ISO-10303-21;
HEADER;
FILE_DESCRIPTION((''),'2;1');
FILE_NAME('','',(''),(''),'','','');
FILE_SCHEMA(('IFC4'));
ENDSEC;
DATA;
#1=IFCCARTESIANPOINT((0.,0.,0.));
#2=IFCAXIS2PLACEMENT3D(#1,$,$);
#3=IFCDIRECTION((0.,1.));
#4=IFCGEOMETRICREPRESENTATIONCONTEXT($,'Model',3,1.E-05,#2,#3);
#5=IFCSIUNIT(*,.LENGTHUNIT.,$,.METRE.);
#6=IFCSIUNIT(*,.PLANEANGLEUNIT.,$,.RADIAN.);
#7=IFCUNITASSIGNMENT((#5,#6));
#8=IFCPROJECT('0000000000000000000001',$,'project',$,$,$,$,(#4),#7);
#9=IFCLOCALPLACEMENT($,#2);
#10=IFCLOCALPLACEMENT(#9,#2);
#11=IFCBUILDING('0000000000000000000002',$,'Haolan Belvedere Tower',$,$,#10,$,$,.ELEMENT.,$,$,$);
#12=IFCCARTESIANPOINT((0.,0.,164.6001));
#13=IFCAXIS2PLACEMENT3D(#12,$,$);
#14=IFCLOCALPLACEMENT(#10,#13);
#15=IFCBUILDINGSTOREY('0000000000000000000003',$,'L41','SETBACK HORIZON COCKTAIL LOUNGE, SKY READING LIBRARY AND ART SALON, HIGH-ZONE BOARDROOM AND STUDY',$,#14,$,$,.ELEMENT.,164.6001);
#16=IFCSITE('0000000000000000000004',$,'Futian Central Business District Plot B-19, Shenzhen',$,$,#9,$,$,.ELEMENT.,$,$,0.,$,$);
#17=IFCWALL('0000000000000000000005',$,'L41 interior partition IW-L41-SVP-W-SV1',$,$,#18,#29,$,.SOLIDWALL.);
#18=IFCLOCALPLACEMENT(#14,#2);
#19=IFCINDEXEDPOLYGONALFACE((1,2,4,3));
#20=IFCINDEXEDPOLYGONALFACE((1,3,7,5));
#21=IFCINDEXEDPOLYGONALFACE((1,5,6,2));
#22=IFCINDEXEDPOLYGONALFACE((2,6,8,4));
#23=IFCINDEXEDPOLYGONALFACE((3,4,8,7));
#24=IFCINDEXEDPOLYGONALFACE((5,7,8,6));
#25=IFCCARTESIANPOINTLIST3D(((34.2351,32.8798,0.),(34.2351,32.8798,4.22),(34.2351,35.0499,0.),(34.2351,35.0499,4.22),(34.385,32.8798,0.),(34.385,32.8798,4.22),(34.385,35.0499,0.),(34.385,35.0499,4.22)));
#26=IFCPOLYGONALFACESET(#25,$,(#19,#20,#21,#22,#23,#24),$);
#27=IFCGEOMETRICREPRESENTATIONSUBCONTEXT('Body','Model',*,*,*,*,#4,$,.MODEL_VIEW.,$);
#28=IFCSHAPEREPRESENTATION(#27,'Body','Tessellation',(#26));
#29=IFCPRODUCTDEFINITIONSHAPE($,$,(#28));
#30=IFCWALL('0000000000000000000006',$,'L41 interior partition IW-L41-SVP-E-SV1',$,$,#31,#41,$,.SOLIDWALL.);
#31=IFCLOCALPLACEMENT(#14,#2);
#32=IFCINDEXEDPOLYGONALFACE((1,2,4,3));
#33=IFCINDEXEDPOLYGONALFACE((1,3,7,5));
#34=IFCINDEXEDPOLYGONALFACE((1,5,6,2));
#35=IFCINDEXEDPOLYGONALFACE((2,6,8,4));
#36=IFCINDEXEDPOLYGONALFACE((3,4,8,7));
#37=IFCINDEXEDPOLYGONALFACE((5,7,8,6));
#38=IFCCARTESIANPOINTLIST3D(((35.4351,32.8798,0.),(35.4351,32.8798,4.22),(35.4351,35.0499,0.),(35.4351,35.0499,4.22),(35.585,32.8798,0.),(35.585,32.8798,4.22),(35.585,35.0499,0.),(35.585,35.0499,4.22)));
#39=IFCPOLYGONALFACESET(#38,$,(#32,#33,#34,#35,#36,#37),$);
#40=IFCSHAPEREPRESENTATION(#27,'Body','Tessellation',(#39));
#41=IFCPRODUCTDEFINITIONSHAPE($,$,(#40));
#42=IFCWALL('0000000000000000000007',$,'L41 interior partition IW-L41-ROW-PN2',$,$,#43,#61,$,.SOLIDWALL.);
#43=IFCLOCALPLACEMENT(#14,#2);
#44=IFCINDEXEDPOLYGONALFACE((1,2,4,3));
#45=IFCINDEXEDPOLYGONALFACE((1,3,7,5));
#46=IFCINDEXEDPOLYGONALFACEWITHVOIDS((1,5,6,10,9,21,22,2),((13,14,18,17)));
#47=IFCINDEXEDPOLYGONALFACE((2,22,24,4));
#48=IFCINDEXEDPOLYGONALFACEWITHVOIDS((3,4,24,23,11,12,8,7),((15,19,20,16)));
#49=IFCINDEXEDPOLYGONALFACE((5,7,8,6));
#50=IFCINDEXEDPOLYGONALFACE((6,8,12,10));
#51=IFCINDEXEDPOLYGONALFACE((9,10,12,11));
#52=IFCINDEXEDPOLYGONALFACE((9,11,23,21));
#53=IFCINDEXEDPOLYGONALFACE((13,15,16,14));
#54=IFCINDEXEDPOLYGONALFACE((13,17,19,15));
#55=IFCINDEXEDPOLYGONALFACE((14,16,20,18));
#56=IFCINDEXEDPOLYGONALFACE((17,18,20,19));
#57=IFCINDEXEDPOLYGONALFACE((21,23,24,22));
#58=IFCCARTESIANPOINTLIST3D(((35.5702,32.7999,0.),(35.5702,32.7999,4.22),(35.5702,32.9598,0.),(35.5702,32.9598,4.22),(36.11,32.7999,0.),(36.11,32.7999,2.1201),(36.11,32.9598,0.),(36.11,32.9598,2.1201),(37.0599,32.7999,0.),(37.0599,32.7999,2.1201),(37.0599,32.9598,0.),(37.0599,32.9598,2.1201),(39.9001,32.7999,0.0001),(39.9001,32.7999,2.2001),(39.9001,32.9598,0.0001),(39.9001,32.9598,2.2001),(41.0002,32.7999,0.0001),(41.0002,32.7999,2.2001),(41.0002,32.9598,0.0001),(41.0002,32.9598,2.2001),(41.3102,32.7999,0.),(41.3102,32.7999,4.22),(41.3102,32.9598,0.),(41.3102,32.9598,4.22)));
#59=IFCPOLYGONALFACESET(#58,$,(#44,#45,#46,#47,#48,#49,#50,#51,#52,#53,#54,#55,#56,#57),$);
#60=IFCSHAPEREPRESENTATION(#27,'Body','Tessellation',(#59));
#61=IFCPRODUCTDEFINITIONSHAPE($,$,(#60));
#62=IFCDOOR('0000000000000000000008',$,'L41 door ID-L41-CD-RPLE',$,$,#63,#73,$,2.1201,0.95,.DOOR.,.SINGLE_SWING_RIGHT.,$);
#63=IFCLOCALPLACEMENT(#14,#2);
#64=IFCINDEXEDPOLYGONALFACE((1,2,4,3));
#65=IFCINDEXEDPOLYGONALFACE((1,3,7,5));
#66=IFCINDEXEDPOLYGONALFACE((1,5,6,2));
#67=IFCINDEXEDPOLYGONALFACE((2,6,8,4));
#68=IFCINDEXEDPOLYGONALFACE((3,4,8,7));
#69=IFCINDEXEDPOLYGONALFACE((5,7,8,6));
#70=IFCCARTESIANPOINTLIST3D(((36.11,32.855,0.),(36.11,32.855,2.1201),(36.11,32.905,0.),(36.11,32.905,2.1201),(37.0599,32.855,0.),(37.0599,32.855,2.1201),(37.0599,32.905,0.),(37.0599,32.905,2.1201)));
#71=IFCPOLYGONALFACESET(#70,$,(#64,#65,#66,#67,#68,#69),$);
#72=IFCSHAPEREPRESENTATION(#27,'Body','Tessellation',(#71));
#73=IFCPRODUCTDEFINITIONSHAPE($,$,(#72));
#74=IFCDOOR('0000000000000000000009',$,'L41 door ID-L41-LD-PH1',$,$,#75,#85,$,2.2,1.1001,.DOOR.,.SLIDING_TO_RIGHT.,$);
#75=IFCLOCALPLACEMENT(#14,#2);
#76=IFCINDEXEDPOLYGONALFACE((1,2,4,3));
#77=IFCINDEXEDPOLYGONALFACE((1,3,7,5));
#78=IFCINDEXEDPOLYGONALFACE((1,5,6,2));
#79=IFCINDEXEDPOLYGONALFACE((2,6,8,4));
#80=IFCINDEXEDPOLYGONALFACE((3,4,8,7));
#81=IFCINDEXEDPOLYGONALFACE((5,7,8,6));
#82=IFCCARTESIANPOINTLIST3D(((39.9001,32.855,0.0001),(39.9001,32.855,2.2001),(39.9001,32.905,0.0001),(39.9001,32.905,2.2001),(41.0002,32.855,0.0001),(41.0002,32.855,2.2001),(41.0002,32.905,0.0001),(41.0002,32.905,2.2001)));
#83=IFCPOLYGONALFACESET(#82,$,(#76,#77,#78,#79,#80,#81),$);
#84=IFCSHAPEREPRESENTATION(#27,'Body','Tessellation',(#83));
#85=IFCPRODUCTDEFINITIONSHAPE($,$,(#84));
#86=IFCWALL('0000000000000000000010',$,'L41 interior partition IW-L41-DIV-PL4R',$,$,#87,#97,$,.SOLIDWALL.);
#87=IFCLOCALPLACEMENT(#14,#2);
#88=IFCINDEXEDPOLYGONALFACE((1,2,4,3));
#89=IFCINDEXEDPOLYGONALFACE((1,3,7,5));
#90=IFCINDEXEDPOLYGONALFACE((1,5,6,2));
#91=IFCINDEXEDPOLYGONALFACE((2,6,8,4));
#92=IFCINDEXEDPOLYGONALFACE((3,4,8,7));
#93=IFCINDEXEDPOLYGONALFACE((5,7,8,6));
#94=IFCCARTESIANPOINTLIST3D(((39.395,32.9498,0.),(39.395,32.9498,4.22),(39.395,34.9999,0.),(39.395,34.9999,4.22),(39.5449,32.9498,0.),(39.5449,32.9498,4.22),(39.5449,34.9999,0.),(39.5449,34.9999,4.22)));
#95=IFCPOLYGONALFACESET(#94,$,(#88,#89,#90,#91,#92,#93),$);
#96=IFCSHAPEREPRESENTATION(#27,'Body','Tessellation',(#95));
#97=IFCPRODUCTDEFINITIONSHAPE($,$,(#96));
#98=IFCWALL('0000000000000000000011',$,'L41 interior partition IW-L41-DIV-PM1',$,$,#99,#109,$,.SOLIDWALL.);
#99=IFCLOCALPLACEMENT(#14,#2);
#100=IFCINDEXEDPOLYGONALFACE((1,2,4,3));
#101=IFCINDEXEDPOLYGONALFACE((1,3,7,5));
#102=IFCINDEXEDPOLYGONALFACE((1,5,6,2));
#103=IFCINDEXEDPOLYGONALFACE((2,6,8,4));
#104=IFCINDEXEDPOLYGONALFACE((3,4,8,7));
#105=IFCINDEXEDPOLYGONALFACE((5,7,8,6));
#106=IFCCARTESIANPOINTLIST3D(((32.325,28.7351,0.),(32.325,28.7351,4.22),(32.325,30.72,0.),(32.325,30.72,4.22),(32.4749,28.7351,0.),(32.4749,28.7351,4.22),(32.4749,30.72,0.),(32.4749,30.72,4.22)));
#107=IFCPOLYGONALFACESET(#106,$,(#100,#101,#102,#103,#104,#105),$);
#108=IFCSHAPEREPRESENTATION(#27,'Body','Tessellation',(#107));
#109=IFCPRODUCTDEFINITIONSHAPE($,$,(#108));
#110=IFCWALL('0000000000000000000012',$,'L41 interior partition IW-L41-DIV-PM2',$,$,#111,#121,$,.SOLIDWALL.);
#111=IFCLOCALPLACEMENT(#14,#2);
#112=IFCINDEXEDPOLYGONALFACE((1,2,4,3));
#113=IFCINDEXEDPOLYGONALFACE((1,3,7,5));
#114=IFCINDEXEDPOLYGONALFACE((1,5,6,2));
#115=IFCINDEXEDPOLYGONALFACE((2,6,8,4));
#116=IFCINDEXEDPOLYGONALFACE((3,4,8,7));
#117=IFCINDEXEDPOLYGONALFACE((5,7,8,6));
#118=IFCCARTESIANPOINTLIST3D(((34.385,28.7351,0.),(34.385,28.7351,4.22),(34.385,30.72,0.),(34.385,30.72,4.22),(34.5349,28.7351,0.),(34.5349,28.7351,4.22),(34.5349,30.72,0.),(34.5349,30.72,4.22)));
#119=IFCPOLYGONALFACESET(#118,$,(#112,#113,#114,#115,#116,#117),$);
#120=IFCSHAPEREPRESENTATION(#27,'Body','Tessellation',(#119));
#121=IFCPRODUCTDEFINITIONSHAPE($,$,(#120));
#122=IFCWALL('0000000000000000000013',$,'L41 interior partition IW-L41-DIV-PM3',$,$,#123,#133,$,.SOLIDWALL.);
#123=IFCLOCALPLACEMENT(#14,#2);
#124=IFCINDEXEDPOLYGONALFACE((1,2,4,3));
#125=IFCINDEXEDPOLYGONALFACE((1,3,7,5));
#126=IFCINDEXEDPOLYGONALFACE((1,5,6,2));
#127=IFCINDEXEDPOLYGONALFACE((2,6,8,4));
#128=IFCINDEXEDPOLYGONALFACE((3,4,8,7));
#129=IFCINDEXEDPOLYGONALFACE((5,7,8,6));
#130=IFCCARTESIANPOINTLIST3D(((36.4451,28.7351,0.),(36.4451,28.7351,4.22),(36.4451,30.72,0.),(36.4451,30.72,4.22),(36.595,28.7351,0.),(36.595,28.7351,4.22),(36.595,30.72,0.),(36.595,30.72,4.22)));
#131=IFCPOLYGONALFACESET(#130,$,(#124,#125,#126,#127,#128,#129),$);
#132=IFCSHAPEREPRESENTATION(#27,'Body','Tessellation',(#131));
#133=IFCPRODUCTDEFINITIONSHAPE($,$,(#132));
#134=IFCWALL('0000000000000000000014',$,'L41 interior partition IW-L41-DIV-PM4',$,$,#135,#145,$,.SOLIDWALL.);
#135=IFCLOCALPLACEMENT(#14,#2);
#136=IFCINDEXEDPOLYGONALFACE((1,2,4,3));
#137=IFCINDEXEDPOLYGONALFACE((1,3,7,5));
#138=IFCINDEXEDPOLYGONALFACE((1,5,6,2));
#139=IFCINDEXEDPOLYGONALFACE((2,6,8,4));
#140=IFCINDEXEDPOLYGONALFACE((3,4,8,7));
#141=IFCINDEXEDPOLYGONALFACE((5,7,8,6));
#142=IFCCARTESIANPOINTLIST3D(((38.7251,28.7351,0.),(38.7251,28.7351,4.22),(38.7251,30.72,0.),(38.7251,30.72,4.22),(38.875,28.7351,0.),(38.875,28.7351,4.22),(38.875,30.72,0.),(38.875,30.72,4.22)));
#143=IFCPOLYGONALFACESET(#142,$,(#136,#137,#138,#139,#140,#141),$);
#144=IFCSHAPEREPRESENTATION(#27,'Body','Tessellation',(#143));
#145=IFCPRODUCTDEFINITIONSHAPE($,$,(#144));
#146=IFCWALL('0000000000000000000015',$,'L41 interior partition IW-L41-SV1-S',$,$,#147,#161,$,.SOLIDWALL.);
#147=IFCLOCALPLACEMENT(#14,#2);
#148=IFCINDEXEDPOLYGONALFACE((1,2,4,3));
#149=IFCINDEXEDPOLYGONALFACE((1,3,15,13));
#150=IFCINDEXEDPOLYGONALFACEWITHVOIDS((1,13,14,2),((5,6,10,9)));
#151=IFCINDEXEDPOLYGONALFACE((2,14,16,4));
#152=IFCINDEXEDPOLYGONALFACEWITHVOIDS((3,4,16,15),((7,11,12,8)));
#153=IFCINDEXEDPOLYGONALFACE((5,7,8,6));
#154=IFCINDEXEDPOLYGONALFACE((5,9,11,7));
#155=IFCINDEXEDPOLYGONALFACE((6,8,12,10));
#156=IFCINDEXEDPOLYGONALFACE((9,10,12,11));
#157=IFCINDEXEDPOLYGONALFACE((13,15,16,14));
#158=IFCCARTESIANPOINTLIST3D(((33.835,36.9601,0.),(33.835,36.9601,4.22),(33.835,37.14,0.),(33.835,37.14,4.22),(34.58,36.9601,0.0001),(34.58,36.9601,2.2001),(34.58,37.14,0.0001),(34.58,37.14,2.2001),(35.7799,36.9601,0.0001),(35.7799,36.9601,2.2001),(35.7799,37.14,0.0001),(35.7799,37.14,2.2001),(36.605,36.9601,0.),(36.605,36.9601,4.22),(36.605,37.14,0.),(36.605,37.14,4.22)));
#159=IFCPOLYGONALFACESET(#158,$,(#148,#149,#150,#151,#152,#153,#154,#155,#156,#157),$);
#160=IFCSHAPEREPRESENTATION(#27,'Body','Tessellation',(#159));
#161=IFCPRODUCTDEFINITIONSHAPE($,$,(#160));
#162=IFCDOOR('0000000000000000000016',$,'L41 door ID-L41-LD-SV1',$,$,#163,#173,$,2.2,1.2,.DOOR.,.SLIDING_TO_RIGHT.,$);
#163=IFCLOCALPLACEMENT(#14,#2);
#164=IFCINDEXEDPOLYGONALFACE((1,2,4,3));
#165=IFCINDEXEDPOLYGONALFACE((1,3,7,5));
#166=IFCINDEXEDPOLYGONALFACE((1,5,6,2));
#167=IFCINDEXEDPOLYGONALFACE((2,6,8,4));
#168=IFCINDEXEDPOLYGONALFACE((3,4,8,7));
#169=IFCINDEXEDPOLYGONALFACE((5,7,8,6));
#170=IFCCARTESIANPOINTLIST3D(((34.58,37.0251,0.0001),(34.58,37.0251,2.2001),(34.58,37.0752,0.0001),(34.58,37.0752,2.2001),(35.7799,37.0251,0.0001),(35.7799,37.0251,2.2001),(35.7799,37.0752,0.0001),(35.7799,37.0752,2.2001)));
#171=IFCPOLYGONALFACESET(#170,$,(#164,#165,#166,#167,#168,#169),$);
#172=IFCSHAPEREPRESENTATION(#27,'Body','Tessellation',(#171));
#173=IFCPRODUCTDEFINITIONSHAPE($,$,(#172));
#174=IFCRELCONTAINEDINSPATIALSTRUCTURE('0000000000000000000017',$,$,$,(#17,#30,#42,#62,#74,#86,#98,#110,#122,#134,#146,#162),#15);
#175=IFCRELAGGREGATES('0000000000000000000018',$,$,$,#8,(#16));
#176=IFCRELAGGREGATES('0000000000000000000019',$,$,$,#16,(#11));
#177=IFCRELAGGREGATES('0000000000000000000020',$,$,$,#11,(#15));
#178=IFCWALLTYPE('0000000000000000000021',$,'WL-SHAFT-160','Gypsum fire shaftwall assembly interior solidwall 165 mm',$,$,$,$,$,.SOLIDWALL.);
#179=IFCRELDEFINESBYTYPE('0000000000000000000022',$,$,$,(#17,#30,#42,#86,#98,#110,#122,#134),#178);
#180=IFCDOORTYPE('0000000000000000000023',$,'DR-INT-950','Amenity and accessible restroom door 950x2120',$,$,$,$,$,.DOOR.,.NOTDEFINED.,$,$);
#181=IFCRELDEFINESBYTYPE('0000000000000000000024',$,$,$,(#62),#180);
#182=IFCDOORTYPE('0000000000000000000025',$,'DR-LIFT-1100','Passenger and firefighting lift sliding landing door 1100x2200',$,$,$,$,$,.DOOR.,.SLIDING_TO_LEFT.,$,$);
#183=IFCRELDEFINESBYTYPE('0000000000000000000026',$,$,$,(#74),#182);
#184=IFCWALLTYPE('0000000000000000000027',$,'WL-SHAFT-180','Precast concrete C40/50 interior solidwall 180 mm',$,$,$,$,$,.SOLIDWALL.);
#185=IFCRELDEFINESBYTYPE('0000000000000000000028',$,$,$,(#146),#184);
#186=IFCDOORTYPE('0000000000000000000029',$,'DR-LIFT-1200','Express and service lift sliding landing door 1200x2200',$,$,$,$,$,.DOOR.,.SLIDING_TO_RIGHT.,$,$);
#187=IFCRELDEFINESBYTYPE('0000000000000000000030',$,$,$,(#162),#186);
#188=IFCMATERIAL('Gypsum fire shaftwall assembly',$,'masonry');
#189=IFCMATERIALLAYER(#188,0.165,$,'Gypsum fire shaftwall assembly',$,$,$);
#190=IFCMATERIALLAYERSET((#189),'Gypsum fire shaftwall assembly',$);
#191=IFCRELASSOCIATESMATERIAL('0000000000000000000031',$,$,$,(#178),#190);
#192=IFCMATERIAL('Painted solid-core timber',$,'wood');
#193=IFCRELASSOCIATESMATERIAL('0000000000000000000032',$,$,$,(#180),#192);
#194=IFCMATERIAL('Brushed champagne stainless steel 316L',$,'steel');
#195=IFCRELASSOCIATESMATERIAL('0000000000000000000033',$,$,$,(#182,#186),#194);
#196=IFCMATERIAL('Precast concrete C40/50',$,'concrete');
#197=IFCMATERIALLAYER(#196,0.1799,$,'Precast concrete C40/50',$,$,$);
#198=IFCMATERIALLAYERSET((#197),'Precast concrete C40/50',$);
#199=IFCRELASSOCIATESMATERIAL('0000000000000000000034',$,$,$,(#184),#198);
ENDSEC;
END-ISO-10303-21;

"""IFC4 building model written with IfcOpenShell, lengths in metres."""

from ifc_helpers import new_model, si_unit, direction, frame, frame_2d, origin, place, context, subcontext, project, spatial, rectangle, extrude, material, layer, layer_set, type_object, element, fill, save


model = new_model("IFC4")

# Units and contexts
model_context = context("Model", 3, precision=1e-05, world=origin(), true_north=direction((0.0, 1.0)))
body_context = subcontext(model_context, "Body", "Model", "MODEL_VIEW")
ifc_project = project(units=[si_unit("LENGTHUNIT", "METRE"), si_unit("PLANEANGLEUNIT", "RADIAN")], contexts=[model_context])

# Site, building, storey
site_placement = place(None, origin())
site = spatial("IfcSite", under=ifc_project, at=site_placement, Name="Futian Central Business District Plot B-19, Shenzhen", CompositionType="ELEMENT", RefElevation=0.0)
building_placement = place(site_placement, origin())
building = spatial("IfcBuilding", under=site, at=building_placement, Name="Haolan Belvedere Tower", CompositionType="ELEMENT")
storey_placement = place(building_placement, frame((0.0, 0.0, 164.6001)))
storey = spatial("IfcBuildingStorey", under=building, at=storey_placement, Name="L41", Description="SETBACK HORIZON COCKTAIL LOUNGE, SKY READING LIBRARY AND ART SALON, HIGH-ZONE BOARDROOM AND STUDY", CompositionType="ELEMENT", Elevation=164.6001)

# Walls
ifc_material_1 = material(Name="Gypsum fire shaftwall assembly", Category="masonry")
ifc_layer_1 = layer(ifc_material_1, 0.165, Name="Gypsum fire shaftwall assembly")
ifc_layer_set_1 = layer_set([ifc_layer_1], Name="Gypsum fire shaftwall assembly")
wall_type_1 = type_object("IfcWallType", Name="WL-SHAFT-160", Description="Gypsum fire shaftwall assembly interior solidwall 165 mm", PredefinedType="SOLIDWALL", material=ifc_layer_set_1)
for number, where, z_axis, x_axis, name in (
    (1, (34.3101, 32.8799, 0.0), (0.0, 0.0, 1.0), (0.0, 1.0, 0.0), "L41 interior partition IW-L41-SVP-W-SV1"),
    (2, (35.51, 32.8799, 0.0), (0.0, 0.0, 1.0), (0.0, 1.0, 0.0), "L41 interior partition IW-L41-SVP-E-SV1"),
):
    element("IfcWall", number, at=place(storey_placement, frame(where, z_axis=z_axis, x_axis=x_axis)), inside=storey, type_object=wall_type_1, Name=name, PredefinedType="SOLIDWALL", context=body_context, shape_type="SweptSolid", body=[
        extrude(rectangle(XDim=2.1702, YDim=0.1499, at=frame_2d((1.085, 0.0))), origin(), (0.0, 0.0, 1.0), 4.22),
    ])

# Wall, openings, doors
wall_1_placement = place(storey_placement, frame((35.5701, 32.8799, 0.0), z_axis=(0.0, 0.0, 1.0), x_axis=(1.0, 0.0, 0.0)))
wall_1 = element("IfcWall", 3, at=wall_1_placement, inside=storey, type_object=wall_type_1, Name="L41 interior partition IW-L41-ROW-PN2", PredefinedType="SOLIDWALL", context=body_context, shape_type="SweptSolid", body=[
    extrude(rectangle(XDim=5.74, YDim=0.1599, at=frame_2d((2.8701, 0.0))), origin(), (0.0, 0.0, 1.0), 4.22),
])
opening_1_placement = place(wall_1_placement, frame((1.49, 0.0, 0.0), z_axis=(0.0, 0.0, 1.0), x_axis=(-1.0, 0.0, 0.0)))
opening_1 = element("IfcOpeningElement", 4, at=opening_1_placement, cuts=wall_1, PredefinedType="OPENING", context=body_context, shape_type="SweptSolid", body=[
    extrude(rectangle(XDim=0.95, YDim=2.1201, at=frame_2d((0.4751, 1.0601))), frame((0.0, 0.0898, 0.0), z_axis=(0.0, -1.0, 0.0), x_axis=(1.0, 0.0, 0.0)), (0.0, 0.0, 1.0), 0.1799),
])
opening_2_placement = place(wall_1_placement, frame((5.4302, 0.0, 0.0), z_axis=(0.0, 0.0, 1.0), x_axis=(-1.0, 0.0, 0.0)))
opening_2 = element("IfcOpeningElement", 5, at=opening_2_placement, cuts=wall_1, PredefinedType="OPENING", context=body_context, shape_type="SweptSolid", body=[
    extrude(rectangle(XDim=1.1001, YDim=2.2, at=frame_2d((0.55, 1.1001))), frame((0.0, 0.0898, 0.0), z_axis=(0.0, -1.0, 0.0), x_axis=(1.0, 0.0, 0.0)), (0.0, 0.0, 1.0), 0.1799),
])
ifc_material_2 = material(Name="Painted solid-core timber", Category="wood")
door_type_1 = type_object("IfcDoorType", Name="DR-INT-950", Description="Amenity and accessible restroom door 950x2120", OperationType="NOTDEFINED", PredefinedType="DOOR", material=ifc_material_2)
door_1_placement = place(opening_1_placement, origin())
door_1 = element("IfcDoor", 6, at=door_1_placement, inside=storey, type_object=door_type_1, Name="L41 door ID-L41-CD-RPLE", OperationType="SINGLE_SWING_RIGHT", OverallHeight=2.1201, OverallWidth=0.95, PredefinedType="DOOR", context=body_context, shape_type="SweptSolid", body=[
    extrude(rectangle(XDim=0.95, YDim=2.1201, at=frame_2d((0.4751, 1.0601))), frame((0.0, 0.0249, 0.0), z_axis=(0.0, -1.0, 0.0), x_axis=(1.0, 0.0, 0.0)), (0.0, 0.0, 1.0), 0.05),
])
fill(opening_1, door_1)
ifc_material_3 = material(Name="Brushed champagne stainless steel 316L", Category="steel")
door_type_2 = type_object("IfcDoorType", Name="DR-LIFT-1100", Description="Passenger and firefighting lift sliding landing door 1100x2200", OperationType="SLIDING_TO_LEFT", PredefinedType="DOOR", material=ifc_material_3)
door_2_placement = place(opening_2_placement, origin())
door_2 = element("IfcDoor", 7, at=door_2_placement, inside=storey, type_object=door_type_2, Name="L41 door ID-L41-LD-PH1", OperationType="SLIDING_TO_RIGHT", OverallHeight=2.2, OverallWidth=1.1001, PredefinedType="DOOR", context=body_context, shape_type="SweptSolid", body=[
    extrude(rectangle(XDim=1.1001, YDim=2.2, at=frame_2d((0.55, 1.1001))), frame((0.0, 0.0249, 0.0), z_axis=(0.0, -1.0, 0.0), x_axis=(1.0, 0.0, 0.0)), (0.0, 0.0, 1.0), 0.05),
])
fill(opening_2, door_2)

# Walls
wall_2_placement = place(storey_placement, frame((39.47, 32.95, 0.0), z_axis=(0.0, 0.0, 1.0), x_axis=(0.0, 1.0, 0.0)))
element("IfcWall", 8, at=wall_2_placement, inside=storey, type_object=wall_type_1, Name="L41 interior partition IW-L41-DIV-PL4R", PredefinedType="SOLIDWALL", context=body_context, shape_type="SweptSolid", body=[
    extrude(rectangle(XDim=2.05, YDim=0.1499, at=frame_2d((1.0249, 0.0))), origin(), (0.0, 0.0, 1.0), 4.22),
])
for number, where, z_axis, x_axis, name in (
    (9, (32.3999, 28.7351, 0.0), (0.0, 0.0, 1.0), (0.0, 1.0, 0.0), "L41 interior partition IW-L41-DIV-PM1"),
    (10, (34.46, 28.7351, 0.0), (0.0, 0.0, 1.0), (0.0, 1.0, 0.0), "L41 interior partition IW-L41-DIV-PM2"),
    (11, (36.52, 28.7351, 0.0), (0.0, 0.0, 1.0), (0.0, 1.0, 0.0), "L41 interior partition IW-L41-DIV-PM3"),
    (12, (38.8, 28.7351, 0.0), (0.0, 0.0, 1.0), (0.0, 1.0, 0.0), "L41 interior partition IW-L41-DIV-PM4"),
):
    element("IfcWall", number, at=place(storey_placement, frame(where, z_axis=z_axis, x_axis=x_axis)), inside=storey, type_object=wall_type_1, Name=name, PredefinedType="SOLIDWALL", context=body_context, shape_type="SweptSolid", body=[
        extrude(rectangle(XDim=1.9849, YDim=0.1499, at=frame_2d((0.9924, 0.0))), origin(), (0.0, 0.0, 1.0), 4.22),
    ])

# Wall, opening, door
ifc_material_4 = material(Name="Precast concrete C40/50", Category="concrete")
ifc_layer_2 = layer(ifc_material_4, 0.1799, Name="Precast concrete C40/50")
ifc_layer_set_2 = layer_set([ifc_layer_2], Name="Precast concrete C40/50")
wall_type_2 = type_object("IfcWallType", Name="WL-SHAFT-180", Description="Precast concrete C40/50 interior solidwall 180 mm", PredefinedType="SOLIDWALL", material=ifc_layer_set_2)
wall_3_placement = place(storey_placement, frame((33.835, 37.05, 0.0), z_axis=(0.0, 0.0, 1.0), x_axis=(1.0, 0.0, 0.0)))
wall_3 = element("IfcWall", 13, at=wall_3_placement, inside=storey, type_object=wall_type_2, Name="L41 interior partition IW-L41-SV1-S", PredefinedType="SOLIDWALL", context=body_context, shape_type="SweptSolid", body=[
    extrude(rectangle(XDim=2.77, YDim=0.1799, at=frame_2d((1.385, 0.0))), origin(), (0.0, 0.0, 1.0), 4.22),
])
opening_3_placement = place(wall_3_placement, frame((1.9451, 0.0, 0.0), z_axis=(0.0, 0.0, 1.0), x_axis=(-1.0, 0.0, 0.0)))
opening_3 = element("IfcOpeningElement", 14, at=opening_3_placement, cuts=wall_3, PredefinedType="OPENING", context=body_context, shape_type="SweptSolid", body=[
    extrude(rectangle(XDim=1.2, YDim=2.2, at=frame_2d((0.6001, 1.1001))), frame((0.0, 0.0999, 0.0), z_axis=(0.0, -1.0, 0.0), x_axis=(1.0, 0.0, 0.0)), (0.0, 0.0, 1.0), 0.2),
])
door_type_3 = type_object("IfcDoorType", Name="DR-LIFT-1200", Description="Express and service lift sliding landing door 1200x2200", OperationType="SLIDING_TO_RIGHT", PredefinedType="DOOR", material=ifc_material_3)
door_3_placement = place(opening_3_placement, origin())
door_3 = element("IfcDoor", 15, at=door_3_placement, inside=storey, type_object=door_type_3, Name="L41 door ID-L41-LD-SV1", OperationType="SLIDING_TO_RIGHT", OverallHeight=2.2, OverallWidth=1.2, PredefinedType="DOOR", context=body_context, shape_type="SweptSolid", body=[
    extrude(rectangle(XDim=1.2, YDim=2.2, at=frame_2d((0.6001, 1.1001))), frame((0.0, 0.0249, 0.0), z_axis=(0.0, -1.0, 0.0), x_axis=(1.0, 0.0, 0.0)), (0.0, 0.0, 1.0), 0.05),
])
fill(opening_3, door_3)

save(model, "model.ifc")
